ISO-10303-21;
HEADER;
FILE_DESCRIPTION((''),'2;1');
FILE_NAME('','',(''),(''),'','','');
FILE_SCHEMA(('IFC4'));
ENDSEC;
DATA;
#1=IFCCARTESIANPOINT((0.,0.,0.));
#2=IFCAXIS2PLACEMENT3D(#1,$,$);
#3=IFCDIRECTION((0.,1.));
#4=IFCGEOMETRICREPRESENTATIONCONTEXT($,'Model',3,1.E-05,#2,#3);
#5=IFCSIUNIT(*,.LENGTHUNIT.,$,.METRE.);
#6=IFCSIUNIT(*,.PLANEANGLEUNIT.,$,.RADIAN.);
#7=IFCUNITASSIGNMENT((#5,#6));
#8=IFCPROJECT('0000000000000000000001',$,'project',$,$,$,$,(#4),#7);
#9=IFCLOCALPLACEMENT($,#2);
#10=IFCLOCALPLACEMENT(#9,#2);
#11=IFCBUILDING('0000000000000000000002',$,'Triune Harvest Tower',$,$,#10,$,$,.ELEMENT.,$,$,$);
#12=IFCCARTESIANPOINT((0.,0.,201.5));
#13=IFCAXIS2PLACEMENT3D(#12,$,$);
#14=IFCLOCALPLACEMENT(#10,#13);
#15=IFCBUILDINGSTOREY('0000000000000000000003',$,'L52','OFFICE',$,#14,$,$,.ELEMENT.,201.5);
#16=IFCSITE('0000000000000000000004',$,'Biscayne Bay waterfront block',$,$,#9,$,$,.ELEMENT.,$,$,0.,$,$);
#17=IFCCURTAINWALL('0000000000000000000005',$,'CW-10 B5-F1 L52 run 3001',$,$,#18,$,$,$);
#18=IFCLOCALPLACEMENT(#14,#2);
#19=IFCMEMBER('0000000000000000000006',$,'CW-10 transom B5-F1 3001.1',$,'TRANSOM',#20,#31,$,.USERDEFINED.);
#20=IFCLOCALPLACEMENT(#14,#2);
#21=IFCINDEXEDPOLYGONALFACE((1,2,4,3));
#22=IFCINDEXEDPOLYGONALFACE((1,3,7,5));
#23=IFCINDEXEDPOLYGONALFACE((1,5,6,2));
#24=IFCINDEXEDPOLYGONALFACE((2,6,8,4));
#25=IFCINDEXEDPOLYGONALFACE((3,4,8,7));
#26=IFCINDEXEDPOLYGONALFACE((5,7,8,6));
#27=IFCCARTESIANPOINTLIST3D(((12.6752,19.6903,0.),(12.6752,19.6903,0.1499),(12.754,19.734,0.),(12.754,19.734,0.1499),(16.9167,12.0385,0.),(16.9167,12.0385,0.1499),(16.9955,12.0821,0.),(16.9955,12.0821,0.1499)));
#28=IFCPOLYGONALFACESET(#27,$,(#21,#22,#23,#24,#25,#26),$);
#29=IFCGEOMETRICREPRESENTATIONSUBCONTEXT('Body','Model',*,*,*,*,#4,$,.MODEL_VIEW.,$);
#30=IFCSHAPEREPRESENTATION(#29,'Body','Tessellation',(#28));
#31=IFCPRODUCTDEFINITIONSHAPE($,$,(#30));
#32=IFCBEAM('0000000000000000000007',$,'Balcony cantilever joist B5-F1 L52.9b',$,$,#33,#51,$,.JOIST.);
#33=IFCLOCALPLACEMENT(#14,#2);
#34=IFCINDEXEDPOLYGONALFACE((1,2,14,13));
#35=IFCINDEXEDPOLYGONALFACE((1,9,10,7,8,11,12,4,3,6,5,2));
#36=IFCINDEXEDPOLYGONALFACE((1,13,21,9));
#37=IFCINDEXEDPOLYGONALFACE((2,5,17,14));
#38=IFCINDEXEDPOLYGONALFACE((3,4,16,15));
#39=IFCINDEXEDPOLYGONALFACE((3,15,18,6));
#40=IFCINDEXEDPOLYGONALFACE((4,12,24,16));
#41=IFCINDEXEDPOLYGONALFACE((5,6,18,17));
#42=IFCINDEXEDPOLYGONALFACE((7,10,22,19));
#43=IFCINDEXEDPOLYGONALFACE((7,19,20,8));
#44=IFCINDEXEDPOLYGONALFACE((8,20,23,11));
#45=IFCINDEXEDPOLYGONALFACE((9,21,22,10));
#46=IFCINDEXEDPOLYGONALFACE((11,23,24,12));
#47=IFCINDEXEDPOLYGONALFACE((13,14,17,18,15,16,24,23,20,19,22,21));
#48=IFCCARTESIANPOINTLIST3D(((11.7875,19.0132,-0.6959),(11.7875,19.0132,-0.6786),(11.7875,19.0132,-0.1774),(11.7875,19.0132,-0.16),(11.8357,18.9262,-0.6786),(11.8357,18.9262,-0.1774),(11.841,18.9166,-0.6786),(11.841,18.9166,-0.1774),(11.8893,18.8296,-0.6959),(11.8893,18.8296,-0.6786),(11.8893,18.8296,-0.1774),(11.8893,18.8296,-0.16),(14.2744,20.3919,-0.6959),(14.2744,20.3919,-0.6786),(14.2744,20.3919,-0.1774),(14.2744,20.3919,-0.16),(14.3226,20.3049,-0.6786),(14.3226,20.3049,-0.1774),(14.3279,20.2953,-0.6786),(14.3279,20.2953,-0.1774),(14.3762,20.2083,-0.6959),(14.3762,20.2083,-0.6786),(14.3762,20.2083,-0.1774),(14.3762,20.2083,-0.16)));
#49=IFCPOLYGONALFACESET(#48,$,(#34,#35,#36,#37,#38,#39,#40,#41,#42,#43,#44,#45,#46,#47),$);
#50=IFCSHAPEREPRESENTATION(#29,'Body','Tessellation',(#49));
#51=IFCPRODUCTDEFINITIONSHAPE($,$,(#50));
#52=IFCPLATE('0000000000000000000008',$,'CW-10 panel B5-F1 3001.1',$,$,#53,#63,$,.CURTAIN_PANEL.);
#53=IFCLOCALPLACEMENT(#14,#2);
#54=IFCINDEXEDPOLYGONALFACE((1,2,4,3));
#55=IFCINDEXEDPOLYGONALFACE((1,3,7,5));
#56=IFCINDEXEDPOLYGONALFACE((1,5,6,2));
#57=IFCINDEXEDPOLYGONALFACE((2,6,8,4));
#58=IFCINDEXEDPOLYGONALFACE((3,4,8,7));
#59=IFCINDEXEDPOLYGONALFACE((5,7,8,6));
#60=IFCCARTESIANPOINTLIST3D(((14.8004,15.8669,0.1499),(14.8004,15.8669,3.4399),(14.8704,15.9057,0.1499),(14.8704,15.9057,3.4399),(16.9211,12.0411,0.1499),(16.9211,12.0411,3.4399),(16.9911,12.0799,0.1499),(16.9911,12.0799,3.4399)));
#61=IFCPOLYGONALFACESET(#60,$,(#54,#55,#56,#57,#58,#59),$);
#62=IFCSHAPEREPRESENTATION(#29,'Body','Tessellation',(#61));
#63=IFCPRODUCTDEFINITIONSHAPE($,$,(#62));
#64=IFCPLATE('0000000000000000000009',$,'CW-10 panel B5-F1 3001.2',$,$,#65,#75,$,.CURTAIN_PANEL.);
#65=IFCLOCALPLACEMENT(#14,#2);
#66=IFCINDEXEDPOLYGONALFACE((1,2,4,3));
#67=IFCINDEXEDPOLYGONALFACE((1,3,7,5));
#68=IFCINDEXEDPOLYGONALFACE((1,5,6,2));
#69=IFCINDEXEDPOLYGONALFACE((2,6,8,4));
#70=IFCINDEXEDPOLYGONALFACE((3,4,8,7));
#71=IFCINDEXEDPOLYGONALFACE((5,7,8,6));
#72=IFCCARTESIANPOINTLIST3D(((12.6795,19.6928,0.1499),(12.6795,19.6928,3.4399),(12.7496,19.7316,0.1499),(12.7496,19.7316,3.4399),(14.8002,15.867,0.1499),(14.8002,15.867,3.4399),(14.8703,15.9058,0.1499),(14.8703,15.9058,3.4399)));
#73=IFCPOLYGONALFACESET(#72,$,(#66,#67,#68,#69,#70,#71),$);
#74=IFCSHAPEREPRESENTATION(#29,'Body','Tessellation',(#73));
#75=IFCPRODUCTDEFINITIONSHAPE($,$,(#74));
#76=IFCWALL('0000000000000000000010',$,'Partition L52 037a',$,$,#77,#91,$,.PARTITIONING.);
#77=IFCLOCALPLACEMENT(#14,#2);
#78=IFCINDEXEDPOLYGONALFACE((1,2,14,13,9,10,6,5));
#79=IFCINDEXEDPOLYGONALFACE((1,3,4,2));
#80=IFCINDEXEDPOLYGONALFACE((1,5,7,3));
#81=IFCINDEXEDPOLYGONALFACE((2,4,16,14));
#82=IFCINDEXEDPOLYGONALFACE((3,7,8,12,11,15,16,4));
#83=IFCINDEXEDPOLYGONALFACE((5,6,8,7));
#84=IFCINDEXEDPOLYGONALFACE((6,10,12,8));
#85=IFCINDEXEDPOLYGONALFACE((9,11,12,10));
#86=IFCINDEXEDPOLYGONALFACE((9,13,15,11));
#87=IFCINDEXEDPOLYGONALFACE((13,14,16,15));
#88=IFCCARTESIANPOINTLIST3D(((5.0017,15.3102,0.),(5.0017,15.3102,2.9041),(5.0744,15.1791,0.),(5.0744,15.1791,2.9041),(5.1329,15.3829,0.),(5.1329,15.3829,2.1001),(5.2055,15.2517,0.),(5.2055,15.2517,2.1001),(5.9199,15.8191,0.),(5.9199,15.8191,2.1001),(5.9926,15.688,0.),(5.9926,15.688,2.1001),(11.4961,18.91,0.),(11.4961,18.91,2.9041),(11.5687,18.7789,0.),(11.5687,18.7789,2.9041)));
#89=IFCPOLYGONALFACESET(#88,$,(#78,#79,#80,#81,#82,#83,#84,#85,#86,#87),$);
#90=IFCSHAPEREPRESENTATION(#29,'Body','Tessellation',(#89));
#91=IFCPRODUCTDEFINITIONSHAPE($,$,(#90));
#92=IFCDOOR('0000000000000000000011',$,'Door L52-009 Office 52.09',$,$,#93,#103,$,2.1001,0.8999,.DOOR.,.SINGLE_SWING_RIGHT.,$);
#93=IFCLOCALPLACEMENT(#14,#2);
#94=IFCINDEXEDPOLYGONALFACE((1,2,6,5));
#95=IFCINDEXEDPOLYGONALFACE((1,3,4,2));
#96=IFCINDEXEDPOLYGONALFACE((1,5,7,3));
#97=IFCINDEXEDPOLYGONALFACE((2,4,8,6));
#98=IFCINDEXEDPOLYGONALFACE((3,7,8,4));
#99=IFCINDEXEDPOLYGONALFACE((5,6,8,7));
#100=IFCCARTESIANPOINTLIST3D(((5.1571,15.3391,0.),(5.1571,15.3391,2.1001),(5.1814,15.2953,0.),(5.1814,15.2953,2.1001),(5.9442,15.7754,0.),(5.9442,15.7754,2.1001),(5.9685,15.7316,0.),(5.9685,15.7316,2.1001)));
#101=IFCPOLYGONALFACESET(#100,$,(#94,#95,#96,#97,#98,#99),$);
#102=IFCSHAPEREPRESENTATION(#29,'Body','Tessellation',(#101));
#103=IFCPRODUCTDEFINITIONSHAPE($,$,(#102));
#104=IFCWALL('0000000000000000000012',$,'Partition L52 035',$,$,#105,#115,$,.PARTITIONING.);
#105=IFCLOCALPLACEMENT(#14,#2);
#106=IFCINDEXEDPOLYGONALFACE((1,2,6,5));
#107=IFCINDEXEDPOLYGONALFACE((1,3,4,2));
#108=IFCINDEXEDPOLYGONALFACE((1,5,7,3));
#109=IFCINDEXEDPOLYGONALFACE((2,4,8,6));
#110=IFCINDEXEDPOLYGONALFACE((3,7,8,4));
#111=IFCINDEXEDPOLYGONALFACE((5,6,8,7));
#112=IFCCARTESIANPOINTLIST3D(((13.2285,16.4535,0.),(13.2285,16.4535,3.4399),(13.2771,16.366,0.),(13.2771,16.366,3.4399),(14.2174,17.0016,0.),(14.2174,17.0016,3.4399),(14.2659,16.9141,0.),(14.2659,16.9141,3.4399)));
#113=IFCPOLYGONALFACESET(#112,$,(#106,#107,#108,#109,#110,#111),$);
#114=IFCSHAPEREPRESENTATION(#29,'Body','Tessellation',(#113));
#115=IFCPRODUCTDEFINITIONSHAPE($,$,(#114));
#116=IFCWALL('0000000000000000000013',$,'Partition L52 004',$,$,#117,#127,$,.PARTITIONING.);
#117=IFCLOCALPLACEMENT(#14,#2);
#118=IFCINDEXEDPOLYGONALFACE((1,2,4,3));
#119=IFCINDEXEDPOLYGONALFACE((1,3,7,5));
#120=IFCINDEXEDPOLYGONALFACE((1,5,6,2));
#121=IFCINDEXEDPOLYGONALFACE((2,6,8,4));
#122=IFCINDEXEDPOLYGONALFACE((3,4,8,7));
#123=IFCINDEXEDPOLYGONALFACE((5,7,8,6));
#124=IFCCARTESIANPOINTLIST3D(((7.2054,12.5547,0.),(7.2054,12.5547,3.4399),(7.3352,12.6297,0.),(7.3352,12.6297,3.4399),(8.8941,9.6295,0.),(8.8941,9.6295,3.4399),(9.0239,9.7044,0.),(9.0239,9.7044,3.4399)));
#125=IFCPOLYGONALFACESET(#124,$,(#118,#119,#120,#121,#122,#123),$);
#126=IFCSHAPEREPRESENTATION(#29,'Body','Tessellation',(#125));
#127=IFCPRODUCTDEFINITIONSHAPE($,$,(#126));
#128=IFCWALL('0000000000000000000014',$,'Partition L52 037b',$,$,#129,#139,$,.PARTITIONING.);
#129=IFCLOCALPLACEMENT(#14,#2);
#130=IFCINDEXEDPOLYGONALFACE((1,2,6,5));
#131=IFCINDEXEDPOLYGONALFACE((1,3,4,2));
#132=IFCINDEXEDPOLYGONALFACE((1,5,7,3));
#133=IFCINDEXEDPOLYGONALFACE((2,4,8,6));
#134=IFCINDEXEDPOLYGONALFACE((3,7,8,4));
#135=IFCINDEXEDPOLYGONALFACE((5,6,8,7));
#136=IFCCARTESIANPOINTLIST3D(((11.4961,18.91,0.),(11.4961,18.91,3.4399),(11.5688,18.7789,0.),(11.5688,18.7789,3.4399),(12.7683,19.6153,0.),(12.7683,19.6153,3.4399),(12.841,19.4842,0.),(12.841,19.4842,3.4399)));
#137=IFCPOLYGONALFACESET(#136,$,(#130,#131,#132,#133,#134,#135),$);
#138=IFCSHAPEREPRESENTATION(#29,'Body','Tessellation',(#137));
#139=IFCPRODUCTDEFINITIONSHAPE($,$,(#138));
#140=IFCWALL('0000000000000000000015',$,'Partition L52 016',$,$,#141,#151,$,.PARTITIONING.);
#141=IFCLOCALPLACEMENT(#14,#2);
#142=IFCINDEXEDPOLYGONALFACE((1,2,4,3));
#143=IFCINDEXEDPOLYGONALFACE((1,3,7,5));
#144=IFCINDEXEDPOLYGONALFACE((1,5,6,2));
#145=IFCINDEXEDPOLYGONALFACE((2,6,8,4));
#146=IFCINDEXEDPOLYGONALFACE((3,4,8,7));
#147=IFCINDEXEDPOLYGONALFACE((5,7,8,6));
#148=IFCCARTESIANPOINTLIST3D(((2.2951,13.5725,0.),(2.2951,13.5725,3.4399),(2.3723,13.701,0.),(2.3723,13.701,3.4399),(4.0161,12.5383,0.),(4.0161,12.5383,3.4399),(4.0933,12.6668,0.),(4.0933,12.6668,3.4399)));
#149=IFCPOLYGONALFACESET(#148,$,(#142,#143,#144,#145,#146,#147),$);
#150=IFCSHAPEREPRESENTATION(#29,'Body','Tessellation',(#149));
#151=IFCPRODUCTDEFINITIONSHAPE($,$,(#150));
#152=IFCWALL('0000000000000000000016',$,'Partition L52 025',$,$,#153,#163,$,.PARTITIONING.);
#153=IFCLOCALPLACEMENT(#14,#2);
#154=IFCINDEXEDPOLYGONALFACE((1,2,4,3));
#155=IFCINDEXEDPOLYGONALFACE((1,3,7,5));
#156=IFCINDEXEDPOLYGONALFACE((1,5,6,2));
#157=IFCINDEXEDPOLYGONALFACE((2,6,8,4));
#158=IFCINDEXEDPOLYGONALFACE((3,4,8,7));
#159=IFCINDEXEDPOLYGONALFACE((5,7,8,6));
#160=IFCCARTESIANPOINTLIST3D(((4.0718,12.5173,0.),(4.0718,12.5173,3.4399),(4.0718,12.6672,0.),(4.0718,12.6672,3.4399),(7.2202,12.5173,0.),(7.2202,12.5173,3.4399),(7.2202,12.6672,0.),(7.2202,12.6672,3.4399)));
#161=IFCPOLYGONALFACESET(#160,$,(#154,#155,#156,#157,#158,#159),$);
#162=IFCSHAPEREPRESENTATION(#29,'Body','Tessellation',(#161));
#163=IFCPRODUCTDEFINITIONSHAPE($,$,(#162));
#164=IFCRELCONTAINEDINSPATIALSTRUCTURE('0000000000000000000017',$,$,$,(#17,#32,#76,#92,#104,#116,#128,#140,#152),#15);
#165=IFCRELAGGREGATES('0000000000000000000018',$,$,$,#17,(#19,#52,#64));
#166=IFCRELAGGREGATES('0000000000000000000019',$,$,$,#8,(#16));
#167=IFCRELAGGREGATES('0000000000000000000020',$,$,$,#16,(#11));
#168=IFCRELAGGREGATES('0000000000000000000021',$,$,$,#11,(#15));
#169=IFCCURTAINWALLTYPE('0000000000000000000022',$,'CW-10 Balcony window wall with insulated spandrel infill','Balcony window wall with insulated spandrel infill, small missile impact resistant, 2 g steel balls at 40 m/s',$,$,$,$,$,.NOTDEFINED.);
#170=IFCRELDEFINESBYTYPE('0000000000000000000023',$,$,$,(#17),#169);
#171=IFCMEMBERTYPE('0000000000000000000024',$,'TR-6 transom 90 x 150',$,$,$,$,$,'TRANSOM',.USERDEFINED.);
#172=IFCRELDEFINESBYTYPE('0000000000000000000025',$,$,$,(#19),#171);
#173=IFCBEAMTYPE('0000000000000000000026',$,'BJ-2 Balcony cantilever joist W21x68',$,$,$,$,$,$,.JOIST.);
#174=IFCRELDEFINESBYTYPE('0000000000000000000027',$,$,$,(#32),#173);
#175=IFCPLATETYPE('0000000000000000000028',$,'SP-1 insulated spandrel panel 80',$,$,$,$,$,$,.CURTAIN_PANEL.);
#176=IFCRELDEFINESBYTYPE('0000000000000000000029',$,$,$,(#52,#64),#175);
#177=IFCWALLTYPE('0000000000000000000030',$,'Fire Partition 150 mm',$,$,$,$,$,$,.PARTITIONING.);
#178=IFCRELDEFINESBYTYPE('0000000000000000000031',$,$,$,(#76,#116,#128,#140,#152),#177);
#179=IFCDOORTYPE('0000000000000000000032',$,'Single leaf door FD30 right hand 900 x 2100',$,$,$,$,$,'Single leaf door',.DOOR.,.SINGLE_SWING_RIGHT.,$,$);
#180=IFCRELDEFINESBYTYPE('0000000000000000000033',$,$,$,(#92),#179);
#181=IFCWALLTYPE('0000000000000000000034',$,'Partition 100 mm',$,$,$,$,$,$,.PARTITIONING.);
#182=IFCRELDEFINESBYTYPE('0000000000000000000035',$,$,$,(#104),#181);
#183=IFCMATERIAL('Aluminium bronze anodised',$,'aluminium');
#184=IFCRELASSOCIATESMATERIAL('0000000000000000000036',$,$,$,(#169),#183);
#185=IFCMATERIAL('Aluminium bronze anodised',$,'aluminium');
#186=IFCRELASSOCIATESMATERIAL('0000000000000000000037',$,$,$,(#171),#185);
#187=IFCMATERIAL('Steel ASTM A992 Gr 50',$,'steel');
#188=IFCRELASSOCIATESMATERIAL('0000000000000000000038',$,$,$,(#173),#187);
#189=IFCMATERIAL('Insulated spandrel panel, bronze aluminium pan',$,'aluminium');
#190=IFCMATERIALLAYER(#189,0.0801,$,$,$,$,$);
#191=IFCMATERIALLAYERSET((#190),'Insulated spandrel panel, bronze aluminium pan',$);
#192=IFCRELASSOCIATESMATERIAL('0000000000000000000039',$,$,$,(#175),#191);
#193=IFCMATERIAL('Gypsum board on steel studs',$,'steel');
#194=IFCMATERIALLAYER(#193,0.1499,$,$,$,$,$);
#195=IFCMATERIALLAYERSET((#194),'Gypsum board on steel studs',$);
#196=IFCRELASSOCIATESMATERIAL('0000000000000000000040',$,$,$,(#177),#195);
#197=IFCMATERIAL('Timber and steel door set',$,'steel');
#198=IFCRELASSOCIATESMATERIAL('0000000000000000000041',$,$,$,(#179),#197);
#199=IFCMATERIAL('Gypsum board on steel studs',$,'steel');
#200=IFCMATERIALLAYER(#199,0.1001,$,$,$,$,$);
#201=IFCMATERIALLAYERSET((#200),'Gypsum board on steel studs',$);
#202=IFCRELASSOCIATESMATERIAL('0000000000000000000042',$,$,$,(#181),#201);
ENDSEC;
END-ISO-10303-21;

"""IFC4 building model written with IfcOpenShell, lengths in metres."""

from ifc_helpers import new_model, si_unit, direction, frame, frame_2d, origin, origin_2d, place, context, subcontext, project, spatial, rectangle, i_section, extrude, source, transform, mapped, material, layer, layer_set, material_profile, profile_set, type_object, element, fill, aggregate, save


model = new_model("IFC4")

# Units and contexts
model_context = context("Model", 3, precision=1e-05, world=origin(), true_north=direction((0.0, 1.0)))
body_context = subcontext(model_context, "Body", "Model", "MODEL_VIEW")
ifc_project = project(units=[si_unit("LENGTHUNIT", "METRE"), si_unit("PLANEANGLEUNIT", "RADIAN")], contexts=[model_context])

# Site, building, storey
site_placement = place(None, origin())
site = spatial("IfcSite", under=ifc_project, at=site_placement, Name="Biscayne Bay waterfront block", CompositionType="ELEMENT", RefElevation=0.0)
building_placement = place(site_placement, origin())
building = spatial("IfcBuilding", under=site, at=building_placement, Name="Triune Harvest Tower", CompositionType="ELEMENT")
storey_placement = place(building_placement, frame((0.0, 0.0, 201.5)))
storey = spatial("IfcBuildingStorey", under=building, at=storey_placement, Name="L52", Description="OFFICE", CompositionType="ELEMENT", Elevation=201.5)

# Curtain wall, member
ifc_material_1 = material(Name="Aluminium bronze anodised", Category="aluminium")
curtain_wall_type_1 = type_object("IfcCurtainWallType", Name="CW-10 Balcony window wall with insulated spandrel infill", Description="Balcony window wall with insulated spandrel infill, small missile impact resistant, 2 g steel balls at 40 m/s", PredefinedType="NOTDEFINED", material=ifc_material_1)
curtain_wall_1_placement = place(storey_placement, origin())
curtain_wall_1 = element("IfcCurtainWall", 1, at=curtain_wall_1_placement, inside=storey, type_object=curtain_wall_type_1, Name="CW-10 B5-F1 L52 run 3001")
ifc_material_2 = material(Name="Aluminium bronze anodised", Category="aluminium")
ifc_material_profile_1 = material_profile(ifc_material_2, rectangle(XDim=0.0901, YDim=0.1499, at=origin_2d()), Name="TR-6 transom 90 x 150")
ifc_profile_set_1 = profile_set([ifc_material_profile_1], Name="Aluminium bronze anodised")
member_type_1 = type_object("IfcMemberType", Name="TR-6 transom 90 x 150", ElementType="TRANSOM", PredefinedType="USERDEFINED", material=ifc_profile_set_1)
shared_shape_1 = source(origin(), body_context, "Body", "SweptSolid", [
    extrude(rectangle(XDim=0.0901, YDim=0.1499, at=origin_2d()), origin(), (0.0, 0.0, 1.0), 8.7488),
])
member_1_placement = place(storey_placement, frame((16.9561, 12.0603, 0.075), z_axis=(-0.484806, 0.874622, 0.0), x_axis=(-0.874622, -0.484806, 0.0)))
member_1 = element("IfcMember", 2, at=member_1_placement, type_object=member_type_1, Name="CW-10 transom B5-F1 3001.1", ObjectType="TRANSOM", PredefinedType="USERDEFINED", context=body_context, shape_type="MappedRepresentation", body=[
    mapped(shared_shape_1, transform((0.0, 0.0, 0.0), scale=1.0)),
])

# Beam
ifc_material_3 = material(Name="Steel ASTM A992 Gr 50", Category="steel")
ifc_material_profile_2 = material_profile(ifc_material_3, i_section(OverallWidth=0.21, OverallDepth=0.5359, WebThickness=0.011, FlangeThickness=0.0173, at=origin_2d()), Name="W21x68")
ifc_profile_set_2 = profile_set([ifc_material_profile_2], Name="Steel ASTM A992 Gr 50")
beam_type_1 = type_object("IfcBeamType", Name="BJ-2 Balcony cantilever joist W21x68", PredefinedType="JOIST", material=ifc_profile_set_2)
shared_shape_2 = source(origin(), body_context, "Body", "SweptSolid", [
    extrude(i_section(OverallWidth=0.21, OverallDepth=0.5359, WebThickness=0.011, FlangeThickness=0.0173, at=origin_2d()), origin(), (0.0, 0.0, 1.0), 2.8435),
])
beam_1_placement = place(storey_placement, frame((11.8384, 18.9214, -0.428), z_axis=(0.87459, 0.484863, 0.0), x_axis=(-0.484863, 0.87459, 0.0)))
element("IfcBeam", 3, at=beam_1_placement, inside=storey, type_object=beam_type_1, Name="Balcony cantilever joist B5-F1 L52.9b", PredefinedType="JOIST", context=body_context, shape_type="MappedRepresentation", body=[
    mapped(shared_shape_2, transform((0.0, 0.0, 0.0), scale=1.0)),
])

# Plates
ifc_material_4 = material(Name="Insulated spandrel panel, bronze aluminium pan", Category="aluminium")
ifc_layer_1 = layer(ifc_material_4, 0.0801)
ifc_layer_set_1 = layer_set([ifc_layer_1], Name="Insulated spandrel panel, bronze aluminium pan")
plate_type = type_object("IfcPlateType", Name="SP-1 insulated spandrel panel 80", PredefinedType="CURTAIN_PANEL", material=ifc_layer_set_1)
shared_shape_3 = source(origin(), body_context, "Body", "SweptSolid", [
    extrude(rectangle(XDim=4.3743, YDim=0.0801, at=origin_2d()), origin(), (0.0, 0.0, 1.0), 3.29),
])
plate_1_placement = place(storey_placement, frame((15.8958, 13.9734, 0.1499), z_axis=(0.0, 0.0, 1.0), x_axis=(-0.484813, 0.874618, 0.0)))
plate_1 = element("IfcPlate", 4, at=plate_1_placement, type_object=plate_type, Name="CW-10 panel B5-F1 3001.1", PredefinedType="CURTAIN_PANEL", context=body_context, shape_type="MappedRepresentation", body=[
    mapped(shared_shape_3, transform((0.0, 0.0, 0.0), scale=1.0)),
])
plate_2_placement = place(storey_placement, frame((13.7749, 17.7993, 0.1499), z_axis=(0.0, 0.0, 1.0), x_axis=(-0.484813, 0.874618, 0.0)))
plate_2 = element("IfcPlate", 5, at=plate_2_placement, type_object=plate_type, Name="CW-10 panel B5-F1 3001.2", PredefinedType="CURTAIN_PANEL", context=body_context, shape_type="MappedRepresentation", body=[
    mapped(shared_shape_3, transform((0.0, 0.0, 0.0), scale=1.0)),
])
aggregate(curtain_wall_1, [member_1, plate_1, plate_2])

# Wall, opening, door
ifc_material_5 = material(Name="Gypsum board on steel studs", Category="steel")
ifc_layer_2 = layer(ifc_material_5, 0.1499)
ifc_layer_set_2 = layer_set([ifc_layer_2], Name="Gypsum board on steel studs")
wall_type_1 = type_object("IfcWallType", Name="Fire Partition 150 mm", PredefinedType="PARTITIONING", material=ifc_layer_set_2)
wall_1_placement = place(storey_placement, frame((5.0381, 15.2446, 0.0), z_axis=(0.0, 0.0, 1.0), x_axis=(0.874622, 0.484805, 0.0)))
wall_1 = element("IfcWall", 6, at=wall_1_placement, inside=storey, type_object=wall_type_1, Name="Partition L52 037a", PredefinedType="PARTITIONING", context=body_context, shape_type="SweptSolid", body=[
    extrude(rectangle(XDim=7.4253, YDim=0.1499, at=frame_2d((3.7126, 0.0))), origin(), (0.0, 0.0, 1.0), 2.9041),
])
opening_placement = place(wall_1_placement, frame((0.1499, 0.0, 0.0)))
opening = element("IfcOpeningElement", 7, at=opening_placement, cuts=wall_1, PredefinedType="OPENING", context=body_context, shape_type="SweptSolid", body=[
    extrude(rectangle(XDim=0.8999, YDim=2.1001, at=frame_2d((0.45, 1.05))), frame((0.0, 0.085, 0.0), z_axis=(0.0, -1.0, 0.0), x_axis=(1.0, 0.0, 0.0)), (0.0, 0.0, 1.0), 0.1699),
])
ifc_material_6 = material(Name="Timber and steel door set", Category="steel")
door_type = type_object("IfcDoorType", Name="Single leaf door FD30 right hand 900 x 2100", ElementType="Single leaf door", OperationType="SINGLE_SWING_RIGHT", PredefinedType="DOOR", material=ifc_material_6)
door_placement = place(opening_placement, origin())
door = element("IfcDoor", 8, at=door_placement, inside=storey, type_object=door_type, Name="Door L52-009 Office 52.09", OperationType="SINGLE_SWING_RIGHT", OverallHeight=2.1001, OverallWidth=0.8999, PredefinedType="DOOR", context=body_context, shape_type="SweptSolid", body=[
    extrude(rectangle(XDim=0.8999, YDim=2.1001, at=frame_2d((0.45, 1.05))), frame((0.0, 0.0249, 0.0), z_axis=(0.0, -1.0, 0.0), x_axis=(1.0, 0.0, 0.0)), (0.0, 0.0, 1.0), 0.05),
])
fill(opening, door)

# Walls
ifc_material_7 = material(Name="Gypsum board on steel studs", Category="steel")
ifc_layer_3 = layer(ifc_material_7, 0.1001)
ifc_layer_set_3 = layer_set([ifc_layer_3], Name="Gypsum board on steel studs")
wall_type_2 = type_object("IfcWallType", Name="Partition 100 mm", PredefinedType="PARTITIONING", material=ifc_layer_set_3)
shared_shape_4 = source(origin(), body_context, "Body", "SweptSolid", [
    extrude(rectangle(XDim=1.1306, YDim=0.1001, at=frame_2d((0.5654, 0.0))), origin(), (0.0, 0.0, 1.0), 3.4399),
])
wall_2_placement = place(storey_placement, frame((13.2527, 16.4097, 0.0), z_axis=(0.0, 0.0, 1.0), x_axis=(0.874615, 0.484818, 0.0)))
element("IfcWall", 9, at=wall_2_placement, inside=storey, type_object=wall_type_2, Name="Partition L52 035", PredefinedType="PARTITIONING", context=body_context, shape_type="MappedRepresentation", body=[
    mapped(shared_shape_4, transform((0.0, 0.0, 0.0), scale=1.0)),
])
shared_shape_5 = source(origin(), body_context, "Body", "SweptSolid", [
    extrude(rectangle(XDim=3.3777, YDim=0.1499, at=frame_2d((1.689, 0.0))), origin(), (0.0, 0.0, 1.0), 3.4399),
])
wall_3_placement = place(storey_placement, frame((7.2703, 12.5923, 0.0), z_axis=(0.0, 0.0, 1.0), x_axis=(0.499956, -0.866051, 0.0)))
element("IfcWall", 10, at=wall_3_placement, inside=storey, type_object=wall_type_1, Name="Partition L52 004", PredefinedType="PARTITIONING", context=body_context, shape_type="MappedRepresentation", body=[
    mapped(shared_shape_5, transform((0.0, 0.0, 0.0), scale=1.0)),
])
shared_shape_6 = source(origin(), body_context, "Body", "SweptSolid", [
    extrude(rectangle(XDim=1.4546, YDim=0.1499, at=frame_2d((0.7273, 0.0))), origin(), (0.0, 0.0, 1.0), 3.4399),
])
wall_4_placement = place(storey_placement, frame((11.5325, 18.8445, 0.0), z_axis=(0.0, 0.0, 1.0), x_axis=(0.874584, 0.484873, 0.0)))
element("IfcWall", 11, at=wall_4_placement, inside=storey, type_object=wall_type_1, Name="Partition L52 037b", PredefinedType="PARTITIONING", context=body_context, shape_type="MappedRepresentation", body=[
    mapped(shared_shape_6, transform((0.0, 0.0, 0.0), scale=1.0)),
])
shared_shape_7 = source(origin(), body_context, "Body", "SweptSolid", [
    extrude(rectangle(XDim=2.0078, YDim=0.1499, at=frame_2d((1.0039, 0.0))), origin(), (0.0, 0.0, 1.0), 3.4399),
])
wall_5_placement = place(storey_placement, frame((2.3337, 13.6367, 0.0), z_axis=(0.0, 0.0, 1.0), x_axis=(0.857139, -0.515086, 0.0)))
element("IfcWall", 12, at=wall_5_placement, inside=storey, type_object=wall_type_1, Name="Partition L52 016", PredefinedType="PARTITIONING", context=body_context, shape_type="MappedRepresentation", body=[
    mapped(shared_shape_7, transform((0.0, 0.0, 0.0), scale=1.0)),
])
shared_shape_8 = source(origin(), body_context, "Body", "SweptSolid", [
    extrude(rectangle(XDim=3.1484, YDim=0.1499, at=frame_2d((1.5742, 0.0))), origin(), (0.0, 0.0, 1.0), 3.4399),
])
wall_6_placement = place(storey_placement, frame((4.0718, 12.5923, 0.0), z_axis=(0.0, 0.0, 1.0), x_axis=(1.0, 0.0, 0.0)))
element("IfcWall", 13, at=wall_6_placement, inside=storey, type_object=wall_type_1, Name="Partition L52 025", PredefinedType="PARTITIONING", context=body_context, shape_type="MappedRepresentation", body=[
    mapped(shared_shape_8, transform((0.0, 0.0, 0.0), scale=1.0)),
])

save(model, "model.ifc")
